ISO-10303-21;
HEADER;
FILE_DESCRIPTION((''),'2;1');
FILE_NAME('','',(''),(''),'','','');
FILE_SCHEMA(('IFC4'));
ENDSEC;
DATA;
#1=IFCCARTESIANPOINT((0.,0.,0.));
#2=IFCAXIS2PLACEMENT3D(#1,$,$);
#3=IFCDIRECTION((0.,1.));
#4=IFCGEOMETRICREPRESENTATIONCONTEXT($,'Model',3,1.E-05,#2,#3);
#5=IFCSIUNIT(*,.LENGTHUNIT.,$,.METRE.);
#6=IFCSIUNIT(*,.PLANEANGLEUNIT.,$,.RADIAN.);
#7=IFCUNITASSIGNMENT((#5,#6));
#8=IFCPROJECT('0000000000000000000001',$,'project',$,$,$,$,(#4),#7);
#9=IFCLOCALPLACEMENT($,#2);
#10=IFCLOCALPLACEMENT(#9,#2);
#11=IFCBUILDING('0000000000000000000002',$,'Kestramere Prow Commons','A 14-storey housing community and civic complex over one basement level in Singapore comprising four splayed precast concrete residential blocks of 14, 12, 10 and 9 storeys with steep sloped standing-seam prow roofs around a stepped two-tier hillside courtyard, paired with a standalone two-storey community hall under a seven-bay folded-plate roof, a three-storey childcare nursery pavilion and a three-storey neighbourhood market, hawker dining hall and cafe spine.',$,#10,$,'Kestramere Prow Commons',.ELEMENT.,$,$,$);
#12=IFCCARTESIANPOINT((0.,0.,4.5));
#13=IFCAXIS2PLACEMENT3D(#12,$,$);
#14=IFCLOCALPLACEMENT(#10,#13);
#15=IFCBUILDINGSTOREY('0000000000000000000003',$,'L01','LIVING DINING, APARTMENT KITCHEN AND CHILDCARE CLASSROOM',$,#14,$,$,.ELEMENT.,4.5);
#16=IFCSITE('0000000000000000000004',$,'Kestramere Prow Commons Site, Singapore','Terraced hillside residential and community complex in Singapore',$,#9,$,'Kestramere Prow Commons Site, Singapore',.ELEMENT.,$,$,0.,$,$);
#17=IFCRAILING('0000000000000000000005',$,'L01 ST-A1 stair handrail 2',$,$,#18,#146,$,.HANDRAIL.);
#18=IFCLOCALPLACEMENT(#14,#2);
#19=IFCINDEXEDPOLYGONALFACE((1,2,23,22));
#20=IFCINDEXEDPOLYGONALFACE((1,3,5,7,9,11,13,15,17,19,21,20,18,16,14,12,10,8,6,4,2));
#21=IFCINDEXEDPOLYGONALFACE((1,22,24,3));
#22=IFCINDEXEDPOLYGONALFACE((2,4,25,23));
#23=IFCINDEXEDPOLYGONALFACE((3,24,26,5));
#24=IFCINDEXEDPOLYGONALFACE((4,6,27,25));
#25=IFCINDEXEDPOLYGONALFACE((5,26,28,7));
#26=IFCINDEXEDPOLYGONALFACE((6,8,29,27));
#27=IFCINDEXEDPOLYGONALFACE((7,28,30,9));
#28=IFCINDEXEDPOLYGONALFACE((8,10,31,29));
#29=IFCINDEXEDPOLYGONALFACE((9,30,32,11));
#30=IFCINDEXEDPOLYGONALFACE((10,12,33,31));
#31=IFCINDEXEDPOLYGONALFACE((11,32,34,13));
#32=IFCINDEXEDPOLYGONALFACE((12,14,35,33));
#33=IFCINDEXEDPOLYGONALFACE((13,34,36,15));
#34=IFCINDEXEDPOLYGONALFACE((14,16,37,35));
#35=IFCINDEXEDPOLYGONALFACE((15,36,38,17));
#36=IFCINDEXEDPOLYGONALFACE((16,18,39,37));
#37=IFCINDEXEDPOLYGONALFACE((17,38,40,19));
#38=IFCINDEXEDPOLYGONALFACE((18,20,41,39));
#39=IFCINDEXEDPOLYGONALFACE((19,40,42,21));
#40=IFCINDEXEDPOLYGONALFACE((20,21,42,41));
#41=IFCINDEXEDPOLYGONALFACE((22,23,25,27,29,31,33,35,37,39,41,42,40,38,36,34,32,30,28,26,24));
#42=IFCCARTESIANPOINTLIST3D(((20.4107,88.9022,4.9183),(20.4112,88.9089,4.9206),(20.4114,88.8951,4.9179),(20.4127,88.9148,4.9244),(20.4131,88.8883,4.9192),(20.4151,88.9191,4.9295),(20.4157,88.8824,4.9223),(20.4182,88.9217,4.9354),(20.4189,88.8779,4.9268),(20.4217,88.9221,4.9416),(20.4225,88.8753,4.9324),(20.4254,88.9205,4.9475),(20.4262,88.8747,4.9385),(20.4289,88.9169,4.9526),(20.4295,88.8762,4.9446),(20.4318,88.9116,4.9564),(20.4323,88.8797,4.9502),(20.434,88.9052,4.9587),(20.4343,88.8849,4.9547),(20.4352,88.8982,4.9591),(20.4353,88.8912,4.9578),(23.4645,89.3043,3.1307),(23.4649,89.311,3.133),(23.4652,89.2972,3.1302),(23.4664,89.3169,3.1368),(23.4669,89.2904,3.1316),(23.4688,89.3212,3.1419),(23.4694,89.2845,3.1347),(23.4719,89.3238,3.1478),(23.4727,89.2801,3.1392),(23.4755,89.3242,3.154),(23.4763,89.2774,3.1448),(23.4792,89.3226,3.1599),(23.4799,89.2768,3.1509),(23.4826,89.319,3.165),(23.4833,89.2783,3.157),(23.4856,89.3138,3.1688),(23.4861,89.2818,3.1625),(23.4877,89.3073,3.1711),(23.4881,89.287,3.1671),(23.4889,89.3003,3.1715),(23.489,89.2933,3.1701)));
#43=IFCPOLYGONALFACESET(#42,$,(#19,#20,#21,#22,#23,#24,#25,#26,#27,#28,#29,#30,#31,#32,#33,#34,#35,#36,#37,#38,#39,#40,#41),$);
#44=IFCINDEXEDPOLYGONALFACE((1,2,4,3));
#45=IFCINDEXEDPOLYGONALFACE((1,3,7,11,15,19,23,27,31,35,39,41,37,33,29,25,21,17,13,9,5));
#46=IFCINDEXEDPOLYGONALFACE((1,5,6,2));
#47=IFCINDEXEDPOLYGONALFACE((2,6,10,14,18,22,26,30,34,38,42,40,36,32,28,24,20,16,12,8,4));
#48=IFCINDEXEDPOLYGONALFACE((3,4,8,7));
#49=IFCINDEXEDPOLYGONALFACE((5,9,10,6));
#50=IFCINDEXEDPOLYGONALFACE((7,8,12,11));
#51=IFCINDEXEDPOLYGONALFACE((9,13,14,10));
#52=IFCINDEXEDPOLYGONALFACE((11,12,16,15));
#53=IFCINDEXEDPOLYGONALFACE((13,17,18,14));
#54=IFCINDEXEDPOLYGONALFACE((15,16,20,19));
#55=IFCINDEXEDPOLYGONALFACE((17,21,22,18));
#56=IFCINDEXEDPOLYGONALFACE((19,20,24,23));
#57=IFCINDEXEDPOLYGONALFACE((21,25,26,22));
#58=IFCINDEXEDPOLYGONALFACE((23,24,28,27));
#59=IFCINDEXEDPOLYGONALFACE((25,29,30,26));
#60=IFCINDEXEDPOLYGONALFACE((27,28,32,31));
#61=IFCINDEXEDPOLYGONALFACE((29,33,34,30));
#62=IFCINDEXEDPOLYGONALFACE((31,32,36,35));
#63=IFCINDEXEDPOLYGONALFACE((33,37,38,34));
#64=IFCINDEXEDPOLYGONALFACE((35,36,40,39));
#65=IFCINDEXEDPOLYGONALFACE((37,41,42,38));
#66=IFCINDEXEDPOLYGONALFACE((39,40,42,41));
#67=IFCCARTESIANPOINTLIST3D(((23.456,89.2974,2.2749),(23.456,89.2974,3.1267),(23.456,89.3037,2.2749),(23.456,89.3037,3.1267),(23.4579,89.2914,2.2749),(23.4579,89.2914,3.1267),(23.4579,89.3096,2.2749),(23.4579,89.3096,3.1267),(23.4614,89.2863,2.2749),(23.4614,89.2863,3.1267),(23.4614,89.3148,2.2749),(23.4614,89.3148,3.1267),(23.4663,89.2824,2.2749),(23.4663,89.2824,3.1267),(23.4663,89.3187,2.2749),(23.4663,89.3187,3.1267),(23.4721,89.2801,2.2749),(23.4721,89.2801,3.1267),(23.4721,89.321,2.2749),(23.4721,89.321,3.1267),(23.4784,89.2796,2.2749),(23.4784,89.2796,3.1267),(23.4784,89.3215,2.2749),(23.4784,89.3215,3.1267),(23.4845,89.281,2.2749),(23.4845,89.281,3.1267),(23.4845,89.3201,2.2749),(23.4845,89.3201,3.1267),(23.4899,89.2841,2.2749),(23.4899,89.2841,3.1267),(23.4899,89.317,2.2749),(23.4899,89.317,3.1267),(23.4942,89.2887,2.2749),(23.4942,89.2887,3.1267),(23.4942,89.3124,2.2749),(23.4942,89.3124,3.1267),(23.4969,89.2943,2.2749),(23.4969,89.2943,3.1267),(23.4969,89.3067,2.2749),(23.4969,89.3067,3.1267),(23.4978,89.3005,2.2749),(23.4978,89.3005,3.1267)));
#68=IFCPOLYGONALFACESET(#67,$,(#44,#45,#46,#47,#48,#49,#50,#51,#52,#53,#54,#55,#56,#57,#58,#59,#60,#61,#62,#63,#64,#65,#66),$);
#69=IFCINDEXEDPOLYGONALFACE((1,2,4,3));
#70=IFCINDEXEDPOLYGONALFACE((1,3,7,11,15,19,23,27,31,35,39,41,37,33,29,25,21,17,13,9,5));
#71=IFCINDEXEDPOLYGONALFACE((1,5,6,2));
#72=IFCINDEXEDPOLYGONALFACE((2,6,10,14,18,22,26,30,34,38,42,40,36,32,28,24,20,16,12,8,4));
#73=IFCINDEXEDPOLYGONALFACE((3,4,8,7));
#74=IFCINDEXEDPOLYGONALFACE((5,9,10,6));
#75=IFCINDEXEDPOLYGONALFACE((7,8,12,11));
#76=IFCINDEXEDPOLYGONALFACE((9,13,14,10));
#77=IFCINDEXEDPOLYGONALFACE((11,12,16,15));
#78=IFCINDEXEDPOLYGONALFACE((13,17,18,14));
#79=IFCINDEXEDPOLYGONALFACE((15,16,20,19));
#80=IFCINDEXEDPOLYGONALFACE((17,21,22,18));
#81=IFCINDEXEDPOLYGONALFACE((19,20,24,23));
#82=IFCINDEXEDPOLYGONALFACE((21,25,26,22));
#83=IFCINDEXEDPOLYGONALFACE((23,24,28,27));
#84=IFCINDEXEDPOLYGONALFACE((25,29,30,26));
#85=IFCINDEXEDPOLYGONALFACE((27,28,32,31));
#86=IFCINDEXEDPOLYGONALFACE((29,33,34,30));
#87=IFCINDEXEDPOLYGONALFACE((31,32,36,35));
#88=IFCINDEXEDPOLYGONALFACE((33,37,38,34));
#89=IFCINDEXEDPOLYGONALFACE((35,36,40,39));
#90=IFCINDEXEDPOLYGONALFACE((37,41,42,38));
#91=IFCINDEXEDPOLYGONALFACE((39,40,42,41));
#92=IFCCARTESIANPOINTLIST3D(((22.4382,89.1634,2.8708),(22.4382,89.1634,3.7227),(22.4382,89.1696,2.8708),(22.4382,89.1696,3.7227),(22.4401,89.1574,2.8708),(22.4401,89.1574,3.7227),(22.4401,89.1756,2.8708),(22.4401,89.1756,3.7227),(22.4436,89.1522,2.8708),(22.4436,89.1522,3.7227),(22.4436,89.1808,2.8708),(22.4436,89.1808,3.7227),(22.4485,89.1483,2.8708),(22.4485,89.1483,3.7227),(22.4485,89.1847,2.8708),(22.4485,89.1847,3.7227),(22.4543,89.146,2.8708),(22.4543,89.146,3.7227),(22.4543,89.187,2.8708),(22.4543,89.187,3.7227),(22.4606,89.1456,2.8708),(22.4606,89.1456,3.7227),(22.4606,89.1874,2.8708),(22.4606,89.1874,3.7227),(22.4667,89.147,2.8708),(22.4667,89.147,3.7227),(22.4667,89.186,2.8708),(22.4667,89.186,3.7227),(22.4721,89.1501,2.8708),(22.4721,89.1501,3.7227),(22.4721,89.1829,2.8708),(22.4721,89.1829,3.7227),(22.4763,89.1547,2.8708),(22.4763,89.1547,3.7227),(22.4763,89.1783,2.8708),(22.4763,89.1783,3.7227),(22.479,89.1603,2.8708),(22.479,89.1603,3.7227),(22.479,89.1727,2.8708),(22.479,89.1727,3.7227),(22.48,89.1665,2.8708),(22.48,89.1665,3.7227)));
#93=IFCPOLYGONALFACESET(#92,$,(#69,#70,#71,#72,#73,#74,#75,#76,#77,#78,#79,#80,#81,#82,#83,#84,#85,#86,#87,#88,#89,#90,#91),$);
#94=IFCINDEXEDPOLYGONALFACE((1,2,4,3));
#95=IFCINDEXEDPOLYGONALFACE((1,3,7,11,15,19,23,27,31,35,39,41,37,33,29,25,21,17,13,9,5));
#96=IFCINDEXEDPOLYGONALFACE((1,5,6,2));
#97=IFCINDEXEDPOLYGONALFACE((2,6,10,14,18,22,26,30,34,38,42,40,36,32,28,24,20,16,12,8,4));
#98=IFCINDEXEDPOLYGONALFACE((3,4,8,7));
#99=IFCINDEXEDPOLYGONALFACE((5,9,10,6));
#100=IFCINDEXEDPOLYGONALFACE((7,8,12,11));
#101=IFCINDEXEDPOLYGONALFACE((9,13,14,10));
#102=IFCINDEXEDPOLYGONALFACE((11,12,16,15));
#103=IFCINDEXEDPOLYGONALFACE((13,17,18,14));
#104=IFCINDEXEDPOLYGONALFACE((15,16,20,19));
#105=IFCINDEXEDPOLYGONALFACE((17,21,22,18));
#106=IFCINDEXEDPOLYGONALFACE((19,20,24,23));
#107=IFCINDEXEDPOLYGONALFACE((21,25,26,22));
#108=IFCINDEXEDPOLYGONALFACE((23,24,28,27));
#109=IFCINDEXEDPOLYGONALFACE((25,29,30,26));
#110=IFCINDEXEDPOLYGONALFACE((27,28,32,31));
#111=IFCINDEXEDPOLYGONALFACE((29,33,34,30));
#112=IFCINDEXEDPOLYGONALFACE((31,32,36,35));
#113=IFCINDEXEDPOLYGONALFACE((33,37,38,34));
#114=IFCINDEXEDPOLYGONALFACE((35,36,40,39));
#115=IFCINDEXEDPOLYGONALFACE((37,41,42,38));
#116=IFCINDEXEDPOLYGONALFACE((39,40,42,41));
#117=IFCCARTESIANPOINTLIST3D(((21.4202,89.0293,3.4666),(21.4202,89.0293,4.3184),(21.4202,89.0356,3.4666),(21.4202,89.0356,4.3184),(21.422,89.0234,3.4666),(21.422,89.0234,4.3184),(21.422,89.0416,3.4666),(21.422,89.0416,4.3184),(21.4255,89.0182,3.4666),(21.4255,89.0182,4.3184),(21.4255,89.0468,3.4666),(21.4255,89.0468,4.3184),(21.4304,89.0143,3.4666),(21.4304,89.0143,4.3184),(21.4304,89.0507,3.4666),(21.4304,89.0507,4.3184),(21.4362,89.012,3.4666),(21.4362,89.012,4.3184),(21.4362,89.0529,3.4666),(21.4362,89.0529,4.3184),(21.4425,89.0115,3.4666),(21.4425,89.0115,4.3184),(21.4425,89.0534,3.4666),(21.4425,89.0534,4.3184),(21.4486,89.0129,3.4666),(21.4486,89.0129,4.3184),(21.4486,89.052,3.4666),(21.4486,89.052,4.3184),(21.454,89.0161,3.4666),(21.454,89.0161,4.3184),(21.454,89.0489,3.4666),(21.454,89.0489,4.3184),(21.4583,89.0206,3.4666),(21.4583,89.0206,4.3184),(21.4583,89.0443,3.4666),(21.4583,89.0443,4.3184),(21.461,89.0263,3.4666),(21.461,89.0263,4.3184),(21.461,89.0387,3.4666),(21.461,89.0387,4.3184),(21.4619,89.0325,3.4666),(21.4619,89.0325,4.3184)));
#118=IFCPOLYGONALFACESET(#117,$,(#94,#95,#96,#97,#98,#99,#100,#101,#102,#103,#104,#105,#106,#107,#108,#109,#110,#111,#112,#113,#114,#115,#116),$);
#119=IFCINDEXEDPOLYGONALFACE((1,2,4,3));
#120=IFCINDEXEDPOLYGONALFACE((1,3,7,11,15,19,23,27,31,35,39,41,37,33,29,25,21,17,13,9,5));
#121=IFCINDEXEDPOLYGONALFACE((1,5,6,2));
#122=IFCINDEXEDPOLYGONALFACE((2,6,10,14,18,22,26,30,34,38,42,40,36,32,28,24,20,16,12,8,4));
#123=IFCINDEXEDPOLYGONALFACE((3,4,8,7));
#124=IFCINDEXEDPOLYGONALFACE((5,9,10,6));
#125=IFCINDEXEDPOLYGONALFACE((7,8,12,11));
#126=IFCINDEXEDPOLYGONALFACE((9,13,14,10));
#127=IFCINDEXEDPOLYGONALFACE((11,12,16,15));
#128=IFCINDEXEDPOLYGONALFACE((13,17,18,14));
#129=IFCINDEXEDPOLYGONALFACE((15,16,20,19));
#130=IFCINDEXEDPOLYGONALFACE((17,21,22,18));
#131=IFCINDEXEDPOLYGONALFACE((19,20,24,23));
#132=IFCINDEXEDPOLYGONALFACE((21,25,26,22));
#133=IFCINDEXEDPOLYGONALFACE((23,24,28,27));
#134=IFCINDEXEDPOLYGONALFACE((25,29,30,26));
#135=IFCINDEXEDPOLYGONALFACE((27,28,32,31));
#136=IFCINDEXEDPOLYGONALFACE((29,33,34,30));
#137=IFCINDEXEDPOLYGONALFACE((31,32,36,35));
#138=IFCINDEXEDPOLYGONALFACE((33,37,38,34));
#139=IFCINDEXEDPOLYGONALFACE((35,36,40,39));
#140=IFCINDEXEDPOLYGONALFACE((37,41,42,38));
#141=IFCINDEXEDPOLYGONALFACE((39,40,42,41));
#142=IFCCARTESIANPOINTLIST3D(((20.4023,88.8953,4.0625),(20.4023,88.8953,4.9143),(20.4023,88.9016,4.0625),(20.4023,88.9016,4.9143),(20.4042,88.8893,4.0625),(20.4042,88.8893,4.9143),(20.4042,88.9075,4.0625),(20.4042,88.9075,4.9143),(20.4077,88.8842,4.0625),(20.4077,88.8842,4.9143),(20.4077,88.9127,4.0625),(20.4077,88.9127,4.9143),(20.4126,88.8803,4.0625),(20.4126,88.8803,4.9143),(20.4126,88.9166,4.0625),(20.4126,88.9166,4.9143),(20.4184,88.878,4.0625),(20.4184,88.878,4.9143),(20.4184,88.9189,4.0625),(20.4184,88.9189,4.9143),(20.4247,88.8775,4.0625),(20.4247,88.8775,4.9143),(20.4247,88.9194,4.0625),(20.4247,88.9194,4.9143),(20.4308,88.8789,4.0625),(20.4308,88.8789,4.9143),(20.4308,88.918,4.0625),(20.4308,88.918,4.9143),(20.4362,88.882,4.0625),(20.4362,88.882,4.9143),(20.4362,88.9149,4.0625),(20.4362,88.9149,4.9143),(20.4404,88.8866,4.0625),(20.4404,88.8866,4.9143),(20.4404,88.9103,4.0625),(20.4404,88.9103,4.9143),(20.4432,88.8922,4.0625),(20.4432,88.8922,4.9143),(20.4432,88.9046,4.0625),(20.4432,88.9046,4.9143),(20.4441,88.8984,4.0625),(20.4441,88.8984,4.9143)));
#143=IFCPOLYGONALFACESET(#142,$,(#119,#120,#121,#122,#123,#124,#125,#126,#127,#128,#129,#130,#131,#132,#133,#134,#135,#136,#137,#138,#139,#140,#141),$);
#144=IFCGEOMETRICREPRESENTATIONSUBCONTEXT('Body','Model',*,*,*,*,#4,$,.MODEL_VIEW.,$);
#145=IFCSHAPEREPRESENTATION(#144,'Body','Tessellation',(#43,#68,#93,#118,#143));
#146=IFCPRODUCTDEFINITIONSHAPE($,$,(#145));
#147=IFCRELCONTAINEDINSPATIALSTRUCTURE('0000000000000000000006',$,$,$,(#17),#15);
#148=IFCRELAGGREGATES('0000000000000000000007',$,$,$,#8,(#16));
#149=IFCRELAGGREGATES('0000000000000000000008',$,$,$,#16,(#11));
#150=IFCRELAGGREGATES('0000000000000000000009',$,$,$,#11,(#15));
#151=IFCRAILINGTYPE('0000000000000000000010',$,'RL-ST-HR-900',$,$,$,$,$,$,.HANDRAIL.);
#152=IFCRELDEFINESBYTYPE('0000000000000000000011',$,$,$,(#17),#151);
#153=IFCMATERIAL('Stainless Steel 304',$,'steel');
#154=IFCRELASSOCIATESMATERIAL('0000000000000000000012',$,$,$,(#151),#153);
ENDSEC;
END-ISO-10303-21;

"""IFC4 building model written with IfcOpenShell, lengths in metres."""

from ifc_helpers import new_model, si_unit, direction, frame, origin, origin_2d, place, context, subcontext, project, spatial, circle, extrude, material, type_object, element, save


model = new_model("IFC4")

# Units and contexts
model_context = context("Model", 3, precision=1e-05, world=origin(), true_north=direction((0.0, 1.0)))
body_context = subcontext(model_context, "Body", "Model", "MODEL_VIEW")
ifc_project = project(units=[si_unit("LENGTHUNIT", "METRE"), si_unit("PLANEANGLEUNIT", "RADIAN")], contexts=[model_context])

# Site, building, storey
site_placement = place(None, origin())
site = spatial("IfcSite", under=ifc_project, at=site_placement, Name="Kestramere Prow Commons Site, Singapore", Description="Terraced hillside residential and community complex in Singapore", LongName="Kestramere Prow Commons Site, Singapore", CompositionType="ELEMENT", RefElevation=0.0)
building_placement = place(site_placement, origin())
building = spatial("IfcBuilding", under=site, at=building_placement, Name="Kestramere Prow Commons", Description="A 14-storey housing community and civic complex over one basement level in Singapore comprising four splayed precast concrete residential blocks of 14, 12, 10 and 9 storeys with steep sloped standing-seam prow roofs around a stepped two-tier hillside courtyard, paired with a standalone two-storey community hall under a seven-bay folded-plate roof, a three-storey childcare nursery pavilion and a three-storey neighbourhood market, hawker dining hall and cafe spine.", LongName="Kestramere Prow Commons", CompositionType="ELEMENT")
storey_placement = place(building_placement, frame((0.0, 0.0, 4.5)))
storey = spatial("IfcBuildingStorey", under=building, at=storey_placement, Name="L01", Description="LIVING DINING, APARTMENT KITCHEN AND CHILDCARE CLASSROOM", CompositionType="ELEMENT", Elevation=4.5)

# Railing
ifc_material_1 = material(Name="Stainless Steel 304", Category="steel")
railing_type_1 = type_object("IfcRailingType", Name="RL-ST-HR-900", PredefinedType="HANDRAIL", material=ifc_material_1)
railing_1_placement = place(storey_placement, frame((23.4768, 89.3005, 2.2749)))
element("IfcRailing", 1, at=railing_1_placement, inside=storey, type_object=railing_type_1, Name="L01 ST-A1 stair handrail 2", PredefinedType="HANDRAIL", context=body_context, shape_type="SweptSolid", body=[
    extrude(circle(Radius=0.0239, at=origin_2d()), frame((0.0, 0.0, 0.876), z_axis=(-0.857488, -0.11291, 0.501961), x_axis=(0.130549, -0.991442, 0.0)), (0.0, 0.0, 1.0), 3.5613),
    extrude(circle(Radius=0.021, at=origin_2d()), origin(), (0.0, 0.0, 1.0), 0.8518),
    extrude(circle(Radius=0.021, at=origin_2d()), frame((-1.0178, -0.134, 0.5959)), (0.0, 0.0, 1.0), 0.8518),
    extrude(circle(Radius=0.021, at=origin_2d()), frame((-2.0359, -0.2681, 1.1917)), (0.0, 0.0, 1.0), 0.8518),
    extrude(circle(Radius=0.021, at=origin_2d()), frame((-3.0537, -0.4021, 1.7876)), (0.0, 0.0, 1.0), 0.8518),
])

save(model, "model.ifc")
